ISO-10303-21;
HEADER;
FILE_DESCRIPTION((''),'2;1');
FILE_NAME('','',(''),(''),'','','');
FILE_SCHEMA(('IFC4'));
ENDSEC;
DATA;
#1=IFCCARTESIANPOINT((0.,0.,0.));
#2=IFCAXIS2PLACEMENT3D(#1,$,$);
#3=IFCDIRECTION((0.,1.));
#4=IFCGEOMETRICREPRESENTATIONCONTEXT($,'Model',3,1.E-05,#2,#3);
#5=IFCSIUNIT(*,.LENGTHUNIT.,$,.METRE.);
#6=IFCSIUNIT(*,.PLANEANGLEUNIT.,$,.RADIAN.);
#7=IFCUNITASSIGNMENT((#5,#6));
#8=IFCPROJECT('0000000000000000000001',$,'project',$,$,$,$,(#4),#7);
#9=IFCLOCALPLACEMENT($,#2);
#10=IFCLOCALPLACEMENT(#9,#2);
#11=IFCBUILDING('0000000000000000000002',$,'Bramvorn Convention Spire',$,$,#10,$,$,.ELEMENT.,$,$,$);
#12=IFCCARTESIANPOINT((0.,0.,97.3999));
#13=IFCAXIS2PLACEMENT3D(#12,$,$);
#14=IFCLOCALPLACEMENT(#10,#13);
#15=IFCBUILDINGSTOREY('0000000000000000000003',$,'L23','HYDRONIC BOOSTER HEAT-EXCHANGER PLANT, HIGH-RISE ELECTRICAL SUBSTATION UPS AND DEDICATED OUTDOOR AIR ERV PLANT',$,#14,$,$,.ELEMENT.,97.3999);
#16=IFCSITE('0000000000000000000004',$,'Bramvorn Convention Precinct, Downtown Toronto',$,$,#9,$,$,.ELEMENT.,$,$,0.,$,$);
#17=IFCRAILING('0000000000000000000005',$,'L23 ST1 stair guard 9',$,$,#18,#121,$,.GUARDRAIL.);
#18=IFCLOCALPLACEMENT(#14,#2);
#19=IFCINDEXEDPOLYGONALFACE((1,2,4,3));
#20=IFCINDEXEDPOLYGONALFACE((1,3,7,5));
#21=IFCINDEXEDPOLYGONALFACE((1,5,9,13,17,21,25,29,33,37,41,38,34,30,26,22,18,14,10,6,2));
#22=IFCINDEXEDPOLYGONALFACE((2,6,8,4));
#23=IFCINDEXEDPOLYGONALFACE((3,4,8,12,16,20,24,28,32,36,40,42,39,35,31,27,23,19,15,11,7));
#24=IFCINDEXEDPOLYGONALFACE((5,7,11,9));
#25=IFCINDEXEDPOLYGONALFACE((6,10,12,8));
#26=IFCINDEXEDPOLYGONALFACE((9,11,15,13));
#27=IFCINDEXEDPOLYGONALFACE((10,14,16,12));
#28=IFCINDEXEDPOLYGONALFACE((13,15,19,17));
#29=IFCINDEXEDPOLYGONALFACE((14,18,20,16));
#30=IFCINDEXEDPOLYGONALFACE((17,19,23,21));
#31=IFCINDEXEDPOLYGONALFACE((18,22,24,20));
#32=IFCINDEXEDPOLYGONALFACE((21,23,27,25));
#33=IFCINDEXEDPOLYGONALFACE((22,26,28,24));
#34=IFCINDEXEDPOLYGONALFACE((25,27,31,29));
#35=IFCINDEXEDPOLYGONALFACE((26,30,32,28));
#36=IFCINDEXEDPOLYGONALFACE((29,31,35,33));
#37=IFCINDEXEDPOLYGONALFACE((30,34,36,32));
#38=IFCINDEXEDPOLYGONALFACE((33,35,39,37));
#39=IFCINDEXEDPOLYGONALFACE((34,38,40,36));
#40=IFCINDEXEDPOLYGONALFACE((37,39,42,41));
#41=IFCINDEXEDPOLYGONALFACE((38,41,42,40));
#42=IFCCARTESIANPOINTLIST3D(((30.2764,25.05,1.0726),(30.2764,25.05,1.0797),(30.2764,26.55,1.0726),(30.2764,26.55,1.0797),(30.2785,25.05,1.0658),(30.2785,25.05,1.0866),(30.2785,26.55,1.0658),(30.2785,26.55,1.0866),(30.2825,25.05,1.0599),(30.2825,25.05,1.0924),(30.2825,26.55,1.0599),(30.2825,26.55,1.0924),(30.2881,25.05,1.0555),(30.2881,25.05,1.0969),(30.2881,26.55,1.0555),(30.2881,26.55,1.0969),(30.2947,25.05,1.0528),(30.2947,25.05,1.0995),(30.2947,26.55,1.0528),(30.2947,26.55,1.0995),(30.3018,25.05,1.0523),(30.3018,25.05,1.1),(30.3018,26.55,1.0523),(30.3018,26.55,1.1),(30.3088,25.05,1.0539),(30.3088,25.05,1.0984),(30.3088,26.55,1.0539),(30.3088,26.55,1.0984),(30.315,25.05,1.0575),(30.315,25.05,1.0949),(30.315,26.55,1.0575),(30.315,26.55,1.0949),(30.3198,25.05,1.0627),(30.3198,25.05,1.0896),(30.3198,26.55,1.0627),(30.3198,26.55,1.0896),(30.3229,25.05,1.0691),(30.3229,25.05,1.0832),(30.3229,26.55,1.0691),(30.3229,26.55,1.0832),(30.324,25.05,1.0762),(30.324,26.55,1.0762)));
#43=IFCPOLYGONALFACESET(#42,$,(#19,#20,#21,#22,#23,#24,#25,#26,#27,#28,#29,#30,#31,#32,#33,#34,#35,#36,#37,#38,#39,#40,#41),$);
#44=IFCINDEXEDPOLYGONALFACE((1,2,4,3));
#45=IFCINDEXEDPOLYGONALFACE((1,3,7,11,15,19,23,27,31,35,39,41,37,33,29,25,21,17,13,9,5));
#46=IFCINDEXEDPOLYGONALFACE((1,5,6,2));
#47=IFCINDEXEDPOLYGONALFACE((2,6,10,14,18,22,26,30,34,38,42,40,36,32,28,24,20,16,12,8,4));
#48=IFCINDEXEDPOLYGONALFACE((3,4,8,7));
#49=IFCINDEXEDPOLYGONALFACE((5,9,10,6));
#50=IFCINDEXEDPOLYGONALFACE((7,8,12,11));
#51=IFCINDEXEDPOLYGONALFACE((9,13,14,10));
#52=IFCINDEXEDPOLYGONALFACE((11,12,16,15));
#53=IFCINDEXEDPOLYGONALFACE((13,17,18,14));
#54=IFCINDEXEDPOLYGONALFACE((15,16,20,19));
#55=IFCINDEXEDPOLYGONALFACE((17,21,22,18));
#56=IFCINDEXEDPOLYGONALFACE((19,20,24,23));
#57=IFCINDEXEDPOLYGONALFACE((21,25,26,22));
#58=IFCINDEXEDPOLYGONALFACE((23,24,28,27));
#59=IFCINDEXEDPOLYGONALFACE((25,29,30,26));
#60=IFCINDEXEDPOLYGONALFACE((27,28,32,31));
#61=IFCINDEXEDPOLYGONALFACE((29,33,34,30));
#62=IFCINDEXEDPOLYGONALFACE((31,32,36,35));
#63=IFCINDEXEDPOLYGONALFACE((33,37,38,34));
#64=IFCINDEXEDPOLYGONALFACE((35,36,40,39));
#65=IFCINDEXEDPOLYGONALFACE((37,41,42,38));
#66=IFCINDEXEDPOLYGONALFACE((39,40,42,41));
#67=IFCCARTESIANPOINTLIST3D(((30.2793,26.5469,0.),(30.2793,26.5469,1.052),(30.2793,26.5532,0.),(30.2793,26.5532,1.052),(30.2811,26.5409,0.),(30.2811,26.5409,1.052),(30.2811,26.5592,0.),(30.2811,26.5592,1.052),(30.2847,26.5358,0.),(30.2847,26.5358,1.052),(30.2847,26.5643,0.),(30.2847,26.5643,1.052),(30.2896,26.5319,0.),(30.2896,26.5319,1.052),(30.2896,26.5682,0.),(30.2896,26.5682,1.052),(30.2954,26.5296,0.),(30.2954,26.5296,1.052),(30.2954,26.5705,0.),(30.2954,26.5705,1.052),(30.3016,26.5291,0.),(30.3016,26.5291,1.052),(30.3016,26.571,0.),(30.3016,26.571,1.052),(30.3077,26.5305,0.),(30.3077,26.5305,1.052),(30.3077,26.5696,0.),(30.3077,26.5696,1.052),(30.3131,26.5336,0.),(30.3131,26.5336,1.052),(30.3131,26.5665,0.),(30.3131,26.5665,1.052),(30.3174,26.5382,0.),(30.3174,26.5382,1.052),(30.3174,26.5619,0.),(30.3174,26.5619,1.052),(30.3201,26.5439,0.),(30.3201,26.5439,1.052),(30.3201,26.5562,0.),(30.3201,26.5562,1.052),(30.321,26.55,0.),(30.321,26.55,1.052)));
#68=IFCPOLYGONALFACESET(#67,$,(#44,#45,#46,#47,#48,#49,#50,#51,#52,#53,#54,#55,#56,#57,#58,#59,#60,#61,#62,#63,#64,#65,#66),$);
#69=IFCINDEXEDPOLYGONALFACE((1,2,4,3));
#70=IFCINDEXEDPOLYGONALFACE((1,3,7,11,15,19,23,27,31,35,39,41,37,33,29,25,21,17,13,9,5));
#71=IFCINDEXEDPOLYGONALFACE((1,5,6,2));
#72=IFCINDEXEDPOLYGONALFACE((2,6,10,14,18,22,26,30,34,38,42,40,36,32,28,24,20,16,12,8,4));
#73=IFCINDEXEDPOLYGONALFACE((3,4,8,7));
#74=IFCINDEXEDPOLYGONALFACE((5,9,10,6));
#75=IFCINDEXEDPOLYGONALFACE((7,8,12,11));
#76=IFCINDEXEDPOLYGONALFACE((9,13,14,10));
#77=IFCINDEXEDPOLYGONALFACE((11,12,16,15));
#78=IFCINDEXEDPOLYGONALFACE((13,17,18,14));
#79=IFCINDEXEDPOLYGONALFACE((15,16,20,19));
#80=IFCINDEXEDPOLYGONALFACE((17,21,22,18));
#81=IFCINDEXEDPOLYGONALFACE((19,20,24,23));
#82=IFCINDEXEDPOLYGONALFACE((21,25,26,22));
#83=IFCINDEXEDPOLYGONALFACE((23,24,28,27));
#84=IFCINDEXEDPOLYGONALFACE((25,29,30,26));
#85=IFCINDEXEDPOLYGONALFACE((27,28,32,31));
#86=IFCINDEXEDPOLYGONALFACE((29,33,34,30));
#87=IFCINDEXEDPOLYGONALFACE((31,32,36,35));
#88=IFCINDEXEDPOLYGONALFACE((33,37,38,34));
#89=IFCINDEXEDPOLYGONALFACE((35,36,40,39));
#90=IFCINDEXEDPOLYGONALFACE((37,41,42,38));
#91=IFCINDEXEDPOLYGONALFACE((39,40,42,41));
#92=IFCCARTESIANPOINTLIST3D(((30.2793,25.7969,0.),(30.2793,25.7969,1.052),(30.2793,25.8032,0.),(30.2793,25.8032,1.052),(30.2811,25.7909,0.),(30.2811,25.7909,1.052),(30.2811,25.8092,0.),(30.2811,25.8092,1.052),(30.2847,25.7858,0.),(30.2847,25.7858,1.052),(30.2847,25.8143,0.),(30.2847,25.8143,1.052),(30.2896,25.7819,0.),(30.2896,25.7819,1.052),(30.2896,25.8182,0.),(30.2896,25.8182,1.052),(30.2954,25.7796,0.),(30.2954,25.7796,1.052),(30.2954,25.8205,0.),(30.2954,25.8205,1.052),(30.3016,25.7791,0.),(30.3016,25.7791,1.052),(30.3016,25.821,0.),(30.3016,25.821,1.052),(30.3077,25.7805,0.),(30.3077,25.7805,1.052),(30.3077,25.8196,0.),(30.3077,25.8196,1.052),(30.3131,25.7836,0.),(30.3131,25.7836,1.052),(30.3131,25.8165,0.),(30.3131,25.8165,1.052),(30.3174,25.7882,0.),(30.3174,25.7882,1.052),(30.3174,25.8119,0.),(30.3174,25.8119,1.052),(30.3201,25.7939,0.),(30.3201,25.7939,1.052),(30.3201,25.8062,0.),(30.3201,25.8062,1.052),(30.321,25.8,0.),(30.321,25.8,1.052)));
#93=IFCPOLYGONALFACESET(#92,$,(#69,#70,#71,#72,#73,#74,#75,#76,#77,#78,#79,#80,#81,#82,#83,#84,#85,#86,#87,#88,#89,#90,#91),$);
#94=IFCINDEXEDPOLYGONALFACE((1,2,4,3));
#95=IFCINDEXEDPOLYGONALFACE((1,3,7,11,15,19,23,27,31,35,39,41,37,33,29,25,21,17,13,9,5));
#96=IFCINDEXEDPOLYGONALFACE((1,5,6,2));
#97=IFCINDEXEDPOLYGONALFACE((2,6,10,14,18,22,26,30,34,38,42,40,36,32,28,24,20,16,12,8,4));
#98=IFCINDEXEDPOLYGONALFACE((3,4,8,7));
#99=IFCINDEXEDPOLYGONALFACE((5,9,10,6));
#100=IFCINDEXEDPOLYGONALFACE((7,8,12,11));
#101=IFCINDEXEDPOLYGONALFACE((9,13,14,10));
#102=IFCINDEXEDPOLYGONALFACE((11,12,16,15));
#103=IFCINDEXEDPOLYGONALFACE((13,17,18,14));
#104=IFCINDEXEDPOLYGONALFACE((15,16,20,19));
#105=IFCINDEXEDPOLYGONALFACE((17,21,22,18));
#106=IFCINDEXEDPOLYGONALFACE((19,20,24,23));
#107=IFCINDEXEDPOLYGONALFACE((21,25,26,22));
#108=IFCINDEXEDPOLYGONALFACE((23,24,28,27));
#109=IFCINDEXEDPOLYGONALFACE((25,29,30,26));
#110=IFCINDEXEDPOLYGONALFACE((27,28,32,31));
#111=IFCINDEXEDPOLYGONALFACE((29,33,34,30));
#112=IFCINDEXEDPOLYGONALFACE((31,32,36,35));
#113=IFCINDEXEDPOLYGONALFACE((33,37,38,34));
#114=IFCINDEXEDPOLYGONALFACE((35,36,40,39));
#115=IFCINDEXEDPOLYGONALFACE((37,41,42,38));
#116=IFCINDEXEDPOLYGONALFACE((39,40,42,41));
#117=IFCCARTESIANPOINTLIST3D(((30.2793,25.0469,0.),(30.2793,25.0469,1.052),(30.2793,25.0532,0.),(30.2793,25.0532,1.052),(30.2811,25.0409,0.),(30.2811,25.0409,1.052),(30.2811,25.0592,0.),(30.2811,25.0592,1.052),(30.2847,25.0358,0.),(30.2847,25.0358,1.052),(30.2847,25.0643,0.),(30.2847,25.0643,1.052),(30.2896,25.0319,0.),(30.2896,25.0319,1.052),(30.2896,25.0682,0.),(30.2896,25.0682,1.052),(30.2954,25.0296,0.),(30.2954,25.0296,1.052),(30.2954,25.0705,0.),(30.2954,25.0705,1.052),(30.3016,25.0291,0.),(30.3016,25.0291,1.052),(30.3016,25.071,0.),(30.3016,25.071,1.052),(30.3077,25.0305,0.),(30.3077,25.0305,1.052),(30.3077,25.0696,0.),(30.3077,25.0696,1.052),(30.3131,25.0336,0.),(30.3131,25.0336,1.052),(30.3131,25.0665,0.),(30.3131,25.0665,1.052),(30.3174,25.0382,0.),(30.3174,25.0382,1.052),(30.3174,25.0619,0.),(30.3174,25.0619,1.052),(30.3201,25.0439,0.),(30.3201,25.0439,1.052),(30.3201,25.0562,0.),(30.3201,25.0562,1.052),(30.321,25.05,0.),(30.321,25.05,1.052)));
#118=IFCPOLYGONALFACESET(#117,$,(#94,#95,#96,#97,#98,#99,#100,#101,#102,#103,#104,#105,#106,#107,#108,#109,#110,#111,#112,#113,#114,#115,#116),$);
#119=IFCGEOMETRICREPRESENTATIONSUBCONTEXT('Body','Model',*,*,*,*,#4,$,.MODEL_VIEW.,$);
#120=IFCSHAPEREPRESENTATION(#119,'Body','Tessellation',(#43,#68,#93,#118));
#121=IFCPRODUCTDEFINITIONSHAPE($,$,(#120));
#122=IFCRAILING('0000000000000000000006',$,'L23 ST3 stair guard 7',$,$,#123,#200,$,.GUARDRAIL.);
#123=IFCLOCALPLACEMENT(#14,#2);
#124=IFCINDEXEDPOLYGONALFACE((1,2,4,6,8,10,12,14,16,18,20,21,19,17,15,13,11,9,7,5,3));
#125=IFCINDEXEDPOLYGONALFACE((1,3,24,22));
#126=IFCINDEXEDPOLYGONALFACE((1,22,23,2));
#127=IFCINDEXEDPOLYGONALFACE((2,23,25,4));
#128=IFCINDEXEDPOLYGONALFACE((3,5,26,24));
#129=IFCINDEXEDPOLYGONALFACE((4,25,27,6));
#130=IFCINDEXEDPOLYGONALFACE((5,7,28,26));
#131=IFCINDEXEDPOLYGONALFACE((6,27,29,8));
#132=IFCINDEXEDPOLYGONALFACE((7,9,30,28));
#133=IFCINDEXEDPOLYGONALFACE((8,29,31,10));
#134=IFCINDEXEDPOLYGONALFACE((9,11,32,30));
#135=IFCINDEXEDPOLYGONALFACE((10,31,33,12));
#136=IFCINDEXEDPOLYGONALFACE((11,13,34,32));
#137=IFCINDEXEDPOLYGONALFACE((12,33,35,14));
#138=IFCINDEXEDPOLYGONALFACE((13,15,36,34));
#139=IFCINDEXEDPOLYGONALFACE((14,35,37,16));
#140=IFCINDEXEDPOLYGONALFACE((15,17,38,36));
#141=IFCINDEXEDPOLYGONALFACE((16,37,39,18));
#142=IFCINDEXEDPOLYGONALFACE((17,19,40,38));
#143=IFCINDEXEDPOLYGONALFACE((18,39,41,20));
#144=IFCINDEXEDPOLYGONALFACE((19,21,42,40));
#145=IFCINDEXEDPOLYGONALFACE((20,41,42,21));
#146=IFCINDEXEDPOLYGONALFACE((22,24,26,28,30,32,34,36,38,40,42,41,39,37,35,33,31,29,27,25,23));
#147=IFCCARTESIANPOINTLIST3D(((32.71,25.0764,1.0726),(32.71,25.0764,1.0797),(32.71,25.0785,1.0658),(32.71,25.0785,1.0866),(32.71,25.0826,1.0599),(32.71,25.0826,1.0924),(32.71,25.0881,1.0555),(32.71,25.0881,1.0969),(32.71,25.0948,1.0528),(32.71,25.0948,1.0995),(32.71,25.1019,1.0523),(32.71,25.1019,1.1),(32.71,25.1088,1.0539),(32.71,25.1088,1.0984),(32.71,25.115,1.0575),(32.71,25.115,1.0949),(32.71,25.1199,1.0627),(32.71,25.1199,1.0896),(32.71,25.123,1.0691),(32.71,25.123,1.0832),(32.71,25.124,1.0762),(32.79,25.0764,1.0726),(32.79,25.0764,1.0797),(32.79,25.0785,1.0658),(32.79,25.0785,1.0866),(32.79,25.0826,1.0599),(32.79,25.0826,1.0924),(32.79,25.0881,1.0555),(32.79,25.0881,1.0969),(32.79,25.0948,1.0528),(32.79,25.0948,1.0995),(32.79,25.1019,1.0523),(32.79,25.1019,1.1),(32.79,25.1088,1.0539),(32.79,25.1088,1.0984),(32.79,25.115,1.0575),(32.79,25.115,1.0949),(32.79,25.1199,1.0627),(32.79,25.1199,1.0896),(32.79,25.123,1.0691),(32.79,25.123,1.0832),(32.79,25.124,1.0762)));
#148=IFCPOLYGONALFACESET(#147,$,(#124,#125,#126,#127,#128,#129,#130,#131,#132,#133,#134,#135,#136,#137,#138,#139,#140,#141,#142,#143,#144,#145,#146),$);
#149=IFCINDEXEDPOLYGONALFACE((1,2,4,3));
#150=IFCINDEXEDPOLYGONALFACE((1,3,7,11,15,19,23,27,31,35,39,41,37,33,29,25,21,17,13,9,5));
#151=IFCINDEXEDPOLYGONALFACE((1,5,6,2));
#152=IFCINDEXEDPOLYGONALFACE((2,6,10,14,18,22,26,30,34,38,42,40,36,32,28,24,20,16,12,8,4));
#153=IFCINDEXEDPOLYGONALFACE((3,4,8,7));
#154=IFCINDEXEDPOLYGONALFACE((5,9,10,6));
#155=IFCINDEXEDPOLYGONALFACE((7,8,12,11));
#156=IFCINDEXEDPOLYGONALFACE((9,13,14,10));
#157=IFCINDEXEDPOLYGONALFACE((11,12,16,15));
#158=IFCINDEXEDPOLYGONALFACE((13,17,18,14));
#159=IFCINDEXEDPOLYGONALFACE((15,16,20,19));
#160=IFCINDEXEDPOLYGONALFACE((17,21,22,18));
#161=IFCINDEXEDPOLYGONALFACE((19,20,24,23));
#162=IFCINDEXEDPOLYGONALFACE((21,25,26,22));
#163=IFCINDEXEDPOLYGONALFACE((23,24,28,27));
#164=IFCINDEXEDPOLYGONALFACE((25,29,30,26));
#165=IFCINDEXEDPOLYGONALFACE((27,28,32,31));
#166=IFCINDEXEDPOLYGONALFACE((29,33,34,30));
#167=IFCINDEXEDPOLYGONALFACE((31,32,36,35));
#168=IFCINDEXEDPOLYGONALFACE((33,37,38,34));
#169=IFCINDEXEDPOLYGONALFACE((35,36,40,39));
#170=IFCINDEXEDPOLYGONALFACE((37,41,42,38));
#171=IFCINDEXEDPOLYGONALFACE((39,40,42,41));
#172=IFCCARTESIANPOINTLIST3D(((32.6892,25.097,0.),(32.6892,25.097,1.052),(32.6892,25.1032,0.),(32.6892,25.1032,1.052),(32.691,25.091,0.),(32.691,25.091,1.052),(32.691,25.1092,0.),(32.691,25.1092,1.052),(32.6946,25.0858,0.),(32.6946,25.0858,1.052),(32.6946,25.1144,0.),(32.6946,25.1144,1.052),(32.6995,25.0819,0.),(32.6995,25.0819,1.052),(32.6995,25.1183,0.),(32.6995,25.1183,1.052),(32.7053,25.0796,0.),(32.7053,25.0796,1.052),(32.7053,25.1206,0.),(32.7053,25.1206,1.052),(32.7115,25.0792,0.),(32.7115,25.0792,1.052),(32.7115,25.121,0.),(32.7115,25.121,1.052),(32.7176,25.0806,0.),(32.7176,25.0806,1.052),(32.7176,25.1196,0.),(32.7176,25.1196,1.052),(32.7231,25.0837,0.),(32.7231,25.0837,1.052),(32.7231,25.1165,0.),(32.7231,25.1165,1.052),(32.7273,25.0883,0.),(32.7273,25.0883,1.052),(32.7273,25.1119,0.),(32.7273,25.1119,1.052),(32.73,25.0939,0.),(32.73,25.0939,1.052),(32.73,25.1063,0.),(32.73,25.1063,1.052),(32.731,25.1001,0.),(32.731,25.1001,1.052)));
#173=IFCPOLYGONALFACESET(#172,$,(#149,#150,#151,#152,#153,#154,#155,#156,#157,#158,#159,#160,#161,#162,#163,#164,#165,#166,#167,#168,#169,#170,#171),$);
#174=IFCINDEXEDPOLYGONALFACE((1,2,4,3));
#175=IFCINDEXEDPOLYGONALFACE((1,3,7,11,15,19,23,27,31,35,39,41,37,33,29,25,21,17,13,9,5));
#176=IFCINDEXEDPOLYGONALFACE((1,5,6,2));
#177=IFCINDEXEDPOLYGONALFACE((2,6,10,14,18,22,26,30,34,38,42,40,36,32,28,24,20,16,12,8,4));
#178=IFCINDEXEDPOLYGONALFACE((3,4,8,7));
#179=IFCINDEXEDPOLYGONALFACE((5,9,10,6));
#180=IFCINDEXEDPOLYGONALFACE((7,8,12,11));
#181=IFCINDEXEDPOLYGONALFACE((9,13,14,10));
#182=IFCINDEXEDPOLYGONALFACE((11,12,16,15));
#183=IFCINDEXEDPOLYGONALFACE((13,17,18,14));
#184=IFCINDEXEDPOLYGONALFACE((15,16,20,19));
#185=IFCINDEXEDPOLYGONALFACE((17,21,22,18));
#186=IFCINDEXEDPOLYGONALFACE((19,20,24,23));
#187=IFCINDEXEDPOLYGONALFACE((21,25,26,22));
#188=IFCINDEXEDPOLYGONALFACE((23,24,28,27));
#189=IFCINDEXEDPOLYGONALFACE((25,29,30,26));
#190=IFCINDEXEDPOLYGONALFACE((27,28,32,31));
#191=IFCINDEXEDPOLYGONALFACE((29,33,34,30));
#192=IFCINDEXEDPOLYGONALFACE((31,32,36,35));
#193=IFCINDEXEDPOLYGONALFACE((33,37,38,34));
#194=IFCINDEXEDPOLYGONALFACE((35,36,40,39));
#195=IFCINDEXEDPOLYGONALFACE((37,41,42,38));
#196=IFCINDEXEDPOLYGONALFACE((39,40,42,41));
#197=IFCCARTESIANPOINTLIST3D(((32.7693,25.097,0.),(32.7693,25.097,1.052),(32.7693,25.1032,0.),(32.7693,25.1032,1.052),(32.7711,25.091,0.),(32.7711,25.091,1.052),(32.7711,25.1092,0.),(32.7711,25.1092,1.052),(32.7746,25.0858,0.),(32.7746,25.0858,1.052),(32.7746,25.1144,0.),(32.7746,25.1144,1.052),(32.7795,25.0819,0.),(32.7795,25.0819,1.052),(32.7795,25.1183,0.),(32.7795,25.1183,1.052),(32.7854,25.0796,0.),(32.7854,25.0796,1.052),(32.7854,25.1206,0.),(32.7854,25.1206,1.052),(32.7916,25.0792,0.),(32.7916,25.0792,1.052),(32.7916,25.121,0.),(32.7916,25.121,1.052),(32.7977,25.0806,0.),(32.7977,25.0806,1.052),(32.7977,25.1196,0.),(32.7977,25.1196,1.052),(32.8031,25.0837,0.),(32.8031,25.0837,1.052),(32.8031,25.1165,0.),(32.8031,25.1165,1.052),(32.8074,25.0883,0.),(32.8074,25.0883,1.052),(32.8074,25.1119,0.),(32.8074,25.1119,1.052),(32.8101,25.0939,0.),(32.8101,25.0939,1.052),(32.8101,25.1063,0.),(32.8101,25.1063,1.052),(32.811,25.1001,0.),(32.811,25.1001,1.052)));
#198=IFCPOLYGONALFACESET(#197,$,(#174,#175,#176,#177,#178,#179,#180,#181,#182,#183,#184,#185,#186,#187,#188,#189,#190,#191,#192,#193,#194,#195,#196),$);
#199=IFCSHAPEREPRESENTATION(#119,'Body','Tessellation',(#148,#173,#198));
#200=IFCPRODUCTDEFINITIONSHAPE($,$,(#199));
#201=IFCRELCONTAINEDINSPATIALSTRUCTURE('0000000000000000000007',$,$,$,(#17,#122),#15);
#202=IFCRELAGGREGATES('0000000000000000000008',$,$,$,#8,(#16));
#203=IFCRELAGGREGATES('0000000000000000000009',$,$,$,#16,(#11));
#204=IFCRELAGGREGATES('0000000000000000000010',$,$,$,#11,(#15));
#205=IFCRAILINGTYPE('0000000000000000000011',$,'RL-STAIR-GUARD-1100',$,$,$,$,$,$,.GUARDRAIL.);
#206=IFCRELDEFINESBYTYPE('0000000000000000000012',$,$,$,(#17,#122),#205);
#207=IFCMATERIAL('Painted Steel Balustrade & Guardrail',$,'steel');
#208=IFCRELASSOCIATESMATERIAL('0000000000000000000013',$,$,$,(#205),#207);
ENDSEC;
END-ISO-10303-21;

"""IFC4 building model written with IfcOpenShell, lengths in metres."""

from ifc_helpers import new_model, si_unit, direction, frame, origin, origin_2d, place, context, subcontext, project, spatial, circle, extrude, material, type_object, element, save


model = new_model("IFC4")

# Units and contexts
model_context = context("Model", 3, precision=1e-05, world=origin(), true_north=direction((0.0, 1.0)))
body_context = subcontext(model_context, "Body", "Model", "MODEL_VIEW")
ifc_project = project(units=[si_unit("LENGTHUNIT", "METRE"), si_unit("PLANEANGLEUNIT", "RADIAN")], contexts=[model_context])

# Site, building, storey
site_placement = place(None, origin())
site = spatial("IfcSite", under=ifc_project, at=site_placement, Name="Bramvorn Convention Precinct, Downtown Toronto", CompositionType="ELEMENT", RefElevation=0.0)
building_placement = place(site_placement, origin())
building = spatial("IfcBuilding", under=site, at=building_placement, Name="Bramvorn Convention Spire", CompositionType="ELEMENT")
storey_placement = place(building_placement, frame((0.0, 0.0, 97.3999)))
storey = spatial("IfcBuildingStorey", under=building, at=storey_placement, Name="L23", Description="HYDRONIC BOOSTER HEAT-EXCHANGER PLANT, HIGH-RISE ELECTRICAL SUBSTATION UPS AND DEDICATED OUTDOOR AIR ERV PLANT", CompositionType="ELEMENT", Elevation=97.3999)

# Railings
ifc_material_1 = material(Name="Painted Steel Balustrade & Guardrail", Category="steel")
railing_type = type_object("IfcRailingType", Name="RL-STAIR-GUARD-1100", PredefinedType="GUARDRAIL", material=ifc_material_1)
for number, where, name in (
    (1, (30.3, 26.55, 0.0), "L23 ST1 stair guard 9"),
):
    element("IfcRailing", number, at=place(storey_placement, frame(where)), inside=storey, type_object=railing_type, Name=name, PredefinedType="GUARDRAIL", context=body_context, shape_type="SweptSolid", body=[
        extrude(circle(Radius=0.0239, at=origin_2d()), frame((0.0, 0.0, 1.0762), z_axis=(0.0, -1.0, 0.0), x_axis=(1.0, 0.0, 0.0)), (0.0, 0.0, 1.0), 1.5),
        extrude(circle(Radius=0.021, at=origin_2d()), origin(), (0.0, 0.0, 1.0), 1.052),
        extrude(circle(Radius=0.021, at=origin_2d()), frame((0.0, -0.75, 0.0)), (0.0, 0.0, 1.0), 1.052),
        extrude(circle(Radius=0.021, at=origin_2d()), frame((0.0, -1.5, 0.0)), (0.0, 0.0, 1.0), 1.052),
    ])
railing_1_placement = place(storey_placement, frame((32.71, 25.1001, 0.0)))
element("IfcRailing", 2, at=railing_1_placement, inside=storey, type_object=railing_type, Name="L23 ST3 stair guard 7", PredefinedType="GUARDRAIL", context=body_context, shape_type="SweptSolid", body=[
    extrude(circle(Radius=0.0239, at=origin_2d()), frame((0.0, 0.0, 1.0762), z_axis=(1.0, 0.0, 0.0), x_axis=(0.0, 1.0, 0.0)), (0.0, 0.0, 1.0), 0.0801),
    extrude(circle(Radius=0.021, at=origin_2d()), origin(), (0.0, 0.0, 1.0), 1.052),
    extrude(circle(Radius=0.021, at=origin_2d()), frame((0.0801, 0.0, 0.0)), (0.0, 0.0, 1.0), 1.052),
])

save(model, "model.ifc")
